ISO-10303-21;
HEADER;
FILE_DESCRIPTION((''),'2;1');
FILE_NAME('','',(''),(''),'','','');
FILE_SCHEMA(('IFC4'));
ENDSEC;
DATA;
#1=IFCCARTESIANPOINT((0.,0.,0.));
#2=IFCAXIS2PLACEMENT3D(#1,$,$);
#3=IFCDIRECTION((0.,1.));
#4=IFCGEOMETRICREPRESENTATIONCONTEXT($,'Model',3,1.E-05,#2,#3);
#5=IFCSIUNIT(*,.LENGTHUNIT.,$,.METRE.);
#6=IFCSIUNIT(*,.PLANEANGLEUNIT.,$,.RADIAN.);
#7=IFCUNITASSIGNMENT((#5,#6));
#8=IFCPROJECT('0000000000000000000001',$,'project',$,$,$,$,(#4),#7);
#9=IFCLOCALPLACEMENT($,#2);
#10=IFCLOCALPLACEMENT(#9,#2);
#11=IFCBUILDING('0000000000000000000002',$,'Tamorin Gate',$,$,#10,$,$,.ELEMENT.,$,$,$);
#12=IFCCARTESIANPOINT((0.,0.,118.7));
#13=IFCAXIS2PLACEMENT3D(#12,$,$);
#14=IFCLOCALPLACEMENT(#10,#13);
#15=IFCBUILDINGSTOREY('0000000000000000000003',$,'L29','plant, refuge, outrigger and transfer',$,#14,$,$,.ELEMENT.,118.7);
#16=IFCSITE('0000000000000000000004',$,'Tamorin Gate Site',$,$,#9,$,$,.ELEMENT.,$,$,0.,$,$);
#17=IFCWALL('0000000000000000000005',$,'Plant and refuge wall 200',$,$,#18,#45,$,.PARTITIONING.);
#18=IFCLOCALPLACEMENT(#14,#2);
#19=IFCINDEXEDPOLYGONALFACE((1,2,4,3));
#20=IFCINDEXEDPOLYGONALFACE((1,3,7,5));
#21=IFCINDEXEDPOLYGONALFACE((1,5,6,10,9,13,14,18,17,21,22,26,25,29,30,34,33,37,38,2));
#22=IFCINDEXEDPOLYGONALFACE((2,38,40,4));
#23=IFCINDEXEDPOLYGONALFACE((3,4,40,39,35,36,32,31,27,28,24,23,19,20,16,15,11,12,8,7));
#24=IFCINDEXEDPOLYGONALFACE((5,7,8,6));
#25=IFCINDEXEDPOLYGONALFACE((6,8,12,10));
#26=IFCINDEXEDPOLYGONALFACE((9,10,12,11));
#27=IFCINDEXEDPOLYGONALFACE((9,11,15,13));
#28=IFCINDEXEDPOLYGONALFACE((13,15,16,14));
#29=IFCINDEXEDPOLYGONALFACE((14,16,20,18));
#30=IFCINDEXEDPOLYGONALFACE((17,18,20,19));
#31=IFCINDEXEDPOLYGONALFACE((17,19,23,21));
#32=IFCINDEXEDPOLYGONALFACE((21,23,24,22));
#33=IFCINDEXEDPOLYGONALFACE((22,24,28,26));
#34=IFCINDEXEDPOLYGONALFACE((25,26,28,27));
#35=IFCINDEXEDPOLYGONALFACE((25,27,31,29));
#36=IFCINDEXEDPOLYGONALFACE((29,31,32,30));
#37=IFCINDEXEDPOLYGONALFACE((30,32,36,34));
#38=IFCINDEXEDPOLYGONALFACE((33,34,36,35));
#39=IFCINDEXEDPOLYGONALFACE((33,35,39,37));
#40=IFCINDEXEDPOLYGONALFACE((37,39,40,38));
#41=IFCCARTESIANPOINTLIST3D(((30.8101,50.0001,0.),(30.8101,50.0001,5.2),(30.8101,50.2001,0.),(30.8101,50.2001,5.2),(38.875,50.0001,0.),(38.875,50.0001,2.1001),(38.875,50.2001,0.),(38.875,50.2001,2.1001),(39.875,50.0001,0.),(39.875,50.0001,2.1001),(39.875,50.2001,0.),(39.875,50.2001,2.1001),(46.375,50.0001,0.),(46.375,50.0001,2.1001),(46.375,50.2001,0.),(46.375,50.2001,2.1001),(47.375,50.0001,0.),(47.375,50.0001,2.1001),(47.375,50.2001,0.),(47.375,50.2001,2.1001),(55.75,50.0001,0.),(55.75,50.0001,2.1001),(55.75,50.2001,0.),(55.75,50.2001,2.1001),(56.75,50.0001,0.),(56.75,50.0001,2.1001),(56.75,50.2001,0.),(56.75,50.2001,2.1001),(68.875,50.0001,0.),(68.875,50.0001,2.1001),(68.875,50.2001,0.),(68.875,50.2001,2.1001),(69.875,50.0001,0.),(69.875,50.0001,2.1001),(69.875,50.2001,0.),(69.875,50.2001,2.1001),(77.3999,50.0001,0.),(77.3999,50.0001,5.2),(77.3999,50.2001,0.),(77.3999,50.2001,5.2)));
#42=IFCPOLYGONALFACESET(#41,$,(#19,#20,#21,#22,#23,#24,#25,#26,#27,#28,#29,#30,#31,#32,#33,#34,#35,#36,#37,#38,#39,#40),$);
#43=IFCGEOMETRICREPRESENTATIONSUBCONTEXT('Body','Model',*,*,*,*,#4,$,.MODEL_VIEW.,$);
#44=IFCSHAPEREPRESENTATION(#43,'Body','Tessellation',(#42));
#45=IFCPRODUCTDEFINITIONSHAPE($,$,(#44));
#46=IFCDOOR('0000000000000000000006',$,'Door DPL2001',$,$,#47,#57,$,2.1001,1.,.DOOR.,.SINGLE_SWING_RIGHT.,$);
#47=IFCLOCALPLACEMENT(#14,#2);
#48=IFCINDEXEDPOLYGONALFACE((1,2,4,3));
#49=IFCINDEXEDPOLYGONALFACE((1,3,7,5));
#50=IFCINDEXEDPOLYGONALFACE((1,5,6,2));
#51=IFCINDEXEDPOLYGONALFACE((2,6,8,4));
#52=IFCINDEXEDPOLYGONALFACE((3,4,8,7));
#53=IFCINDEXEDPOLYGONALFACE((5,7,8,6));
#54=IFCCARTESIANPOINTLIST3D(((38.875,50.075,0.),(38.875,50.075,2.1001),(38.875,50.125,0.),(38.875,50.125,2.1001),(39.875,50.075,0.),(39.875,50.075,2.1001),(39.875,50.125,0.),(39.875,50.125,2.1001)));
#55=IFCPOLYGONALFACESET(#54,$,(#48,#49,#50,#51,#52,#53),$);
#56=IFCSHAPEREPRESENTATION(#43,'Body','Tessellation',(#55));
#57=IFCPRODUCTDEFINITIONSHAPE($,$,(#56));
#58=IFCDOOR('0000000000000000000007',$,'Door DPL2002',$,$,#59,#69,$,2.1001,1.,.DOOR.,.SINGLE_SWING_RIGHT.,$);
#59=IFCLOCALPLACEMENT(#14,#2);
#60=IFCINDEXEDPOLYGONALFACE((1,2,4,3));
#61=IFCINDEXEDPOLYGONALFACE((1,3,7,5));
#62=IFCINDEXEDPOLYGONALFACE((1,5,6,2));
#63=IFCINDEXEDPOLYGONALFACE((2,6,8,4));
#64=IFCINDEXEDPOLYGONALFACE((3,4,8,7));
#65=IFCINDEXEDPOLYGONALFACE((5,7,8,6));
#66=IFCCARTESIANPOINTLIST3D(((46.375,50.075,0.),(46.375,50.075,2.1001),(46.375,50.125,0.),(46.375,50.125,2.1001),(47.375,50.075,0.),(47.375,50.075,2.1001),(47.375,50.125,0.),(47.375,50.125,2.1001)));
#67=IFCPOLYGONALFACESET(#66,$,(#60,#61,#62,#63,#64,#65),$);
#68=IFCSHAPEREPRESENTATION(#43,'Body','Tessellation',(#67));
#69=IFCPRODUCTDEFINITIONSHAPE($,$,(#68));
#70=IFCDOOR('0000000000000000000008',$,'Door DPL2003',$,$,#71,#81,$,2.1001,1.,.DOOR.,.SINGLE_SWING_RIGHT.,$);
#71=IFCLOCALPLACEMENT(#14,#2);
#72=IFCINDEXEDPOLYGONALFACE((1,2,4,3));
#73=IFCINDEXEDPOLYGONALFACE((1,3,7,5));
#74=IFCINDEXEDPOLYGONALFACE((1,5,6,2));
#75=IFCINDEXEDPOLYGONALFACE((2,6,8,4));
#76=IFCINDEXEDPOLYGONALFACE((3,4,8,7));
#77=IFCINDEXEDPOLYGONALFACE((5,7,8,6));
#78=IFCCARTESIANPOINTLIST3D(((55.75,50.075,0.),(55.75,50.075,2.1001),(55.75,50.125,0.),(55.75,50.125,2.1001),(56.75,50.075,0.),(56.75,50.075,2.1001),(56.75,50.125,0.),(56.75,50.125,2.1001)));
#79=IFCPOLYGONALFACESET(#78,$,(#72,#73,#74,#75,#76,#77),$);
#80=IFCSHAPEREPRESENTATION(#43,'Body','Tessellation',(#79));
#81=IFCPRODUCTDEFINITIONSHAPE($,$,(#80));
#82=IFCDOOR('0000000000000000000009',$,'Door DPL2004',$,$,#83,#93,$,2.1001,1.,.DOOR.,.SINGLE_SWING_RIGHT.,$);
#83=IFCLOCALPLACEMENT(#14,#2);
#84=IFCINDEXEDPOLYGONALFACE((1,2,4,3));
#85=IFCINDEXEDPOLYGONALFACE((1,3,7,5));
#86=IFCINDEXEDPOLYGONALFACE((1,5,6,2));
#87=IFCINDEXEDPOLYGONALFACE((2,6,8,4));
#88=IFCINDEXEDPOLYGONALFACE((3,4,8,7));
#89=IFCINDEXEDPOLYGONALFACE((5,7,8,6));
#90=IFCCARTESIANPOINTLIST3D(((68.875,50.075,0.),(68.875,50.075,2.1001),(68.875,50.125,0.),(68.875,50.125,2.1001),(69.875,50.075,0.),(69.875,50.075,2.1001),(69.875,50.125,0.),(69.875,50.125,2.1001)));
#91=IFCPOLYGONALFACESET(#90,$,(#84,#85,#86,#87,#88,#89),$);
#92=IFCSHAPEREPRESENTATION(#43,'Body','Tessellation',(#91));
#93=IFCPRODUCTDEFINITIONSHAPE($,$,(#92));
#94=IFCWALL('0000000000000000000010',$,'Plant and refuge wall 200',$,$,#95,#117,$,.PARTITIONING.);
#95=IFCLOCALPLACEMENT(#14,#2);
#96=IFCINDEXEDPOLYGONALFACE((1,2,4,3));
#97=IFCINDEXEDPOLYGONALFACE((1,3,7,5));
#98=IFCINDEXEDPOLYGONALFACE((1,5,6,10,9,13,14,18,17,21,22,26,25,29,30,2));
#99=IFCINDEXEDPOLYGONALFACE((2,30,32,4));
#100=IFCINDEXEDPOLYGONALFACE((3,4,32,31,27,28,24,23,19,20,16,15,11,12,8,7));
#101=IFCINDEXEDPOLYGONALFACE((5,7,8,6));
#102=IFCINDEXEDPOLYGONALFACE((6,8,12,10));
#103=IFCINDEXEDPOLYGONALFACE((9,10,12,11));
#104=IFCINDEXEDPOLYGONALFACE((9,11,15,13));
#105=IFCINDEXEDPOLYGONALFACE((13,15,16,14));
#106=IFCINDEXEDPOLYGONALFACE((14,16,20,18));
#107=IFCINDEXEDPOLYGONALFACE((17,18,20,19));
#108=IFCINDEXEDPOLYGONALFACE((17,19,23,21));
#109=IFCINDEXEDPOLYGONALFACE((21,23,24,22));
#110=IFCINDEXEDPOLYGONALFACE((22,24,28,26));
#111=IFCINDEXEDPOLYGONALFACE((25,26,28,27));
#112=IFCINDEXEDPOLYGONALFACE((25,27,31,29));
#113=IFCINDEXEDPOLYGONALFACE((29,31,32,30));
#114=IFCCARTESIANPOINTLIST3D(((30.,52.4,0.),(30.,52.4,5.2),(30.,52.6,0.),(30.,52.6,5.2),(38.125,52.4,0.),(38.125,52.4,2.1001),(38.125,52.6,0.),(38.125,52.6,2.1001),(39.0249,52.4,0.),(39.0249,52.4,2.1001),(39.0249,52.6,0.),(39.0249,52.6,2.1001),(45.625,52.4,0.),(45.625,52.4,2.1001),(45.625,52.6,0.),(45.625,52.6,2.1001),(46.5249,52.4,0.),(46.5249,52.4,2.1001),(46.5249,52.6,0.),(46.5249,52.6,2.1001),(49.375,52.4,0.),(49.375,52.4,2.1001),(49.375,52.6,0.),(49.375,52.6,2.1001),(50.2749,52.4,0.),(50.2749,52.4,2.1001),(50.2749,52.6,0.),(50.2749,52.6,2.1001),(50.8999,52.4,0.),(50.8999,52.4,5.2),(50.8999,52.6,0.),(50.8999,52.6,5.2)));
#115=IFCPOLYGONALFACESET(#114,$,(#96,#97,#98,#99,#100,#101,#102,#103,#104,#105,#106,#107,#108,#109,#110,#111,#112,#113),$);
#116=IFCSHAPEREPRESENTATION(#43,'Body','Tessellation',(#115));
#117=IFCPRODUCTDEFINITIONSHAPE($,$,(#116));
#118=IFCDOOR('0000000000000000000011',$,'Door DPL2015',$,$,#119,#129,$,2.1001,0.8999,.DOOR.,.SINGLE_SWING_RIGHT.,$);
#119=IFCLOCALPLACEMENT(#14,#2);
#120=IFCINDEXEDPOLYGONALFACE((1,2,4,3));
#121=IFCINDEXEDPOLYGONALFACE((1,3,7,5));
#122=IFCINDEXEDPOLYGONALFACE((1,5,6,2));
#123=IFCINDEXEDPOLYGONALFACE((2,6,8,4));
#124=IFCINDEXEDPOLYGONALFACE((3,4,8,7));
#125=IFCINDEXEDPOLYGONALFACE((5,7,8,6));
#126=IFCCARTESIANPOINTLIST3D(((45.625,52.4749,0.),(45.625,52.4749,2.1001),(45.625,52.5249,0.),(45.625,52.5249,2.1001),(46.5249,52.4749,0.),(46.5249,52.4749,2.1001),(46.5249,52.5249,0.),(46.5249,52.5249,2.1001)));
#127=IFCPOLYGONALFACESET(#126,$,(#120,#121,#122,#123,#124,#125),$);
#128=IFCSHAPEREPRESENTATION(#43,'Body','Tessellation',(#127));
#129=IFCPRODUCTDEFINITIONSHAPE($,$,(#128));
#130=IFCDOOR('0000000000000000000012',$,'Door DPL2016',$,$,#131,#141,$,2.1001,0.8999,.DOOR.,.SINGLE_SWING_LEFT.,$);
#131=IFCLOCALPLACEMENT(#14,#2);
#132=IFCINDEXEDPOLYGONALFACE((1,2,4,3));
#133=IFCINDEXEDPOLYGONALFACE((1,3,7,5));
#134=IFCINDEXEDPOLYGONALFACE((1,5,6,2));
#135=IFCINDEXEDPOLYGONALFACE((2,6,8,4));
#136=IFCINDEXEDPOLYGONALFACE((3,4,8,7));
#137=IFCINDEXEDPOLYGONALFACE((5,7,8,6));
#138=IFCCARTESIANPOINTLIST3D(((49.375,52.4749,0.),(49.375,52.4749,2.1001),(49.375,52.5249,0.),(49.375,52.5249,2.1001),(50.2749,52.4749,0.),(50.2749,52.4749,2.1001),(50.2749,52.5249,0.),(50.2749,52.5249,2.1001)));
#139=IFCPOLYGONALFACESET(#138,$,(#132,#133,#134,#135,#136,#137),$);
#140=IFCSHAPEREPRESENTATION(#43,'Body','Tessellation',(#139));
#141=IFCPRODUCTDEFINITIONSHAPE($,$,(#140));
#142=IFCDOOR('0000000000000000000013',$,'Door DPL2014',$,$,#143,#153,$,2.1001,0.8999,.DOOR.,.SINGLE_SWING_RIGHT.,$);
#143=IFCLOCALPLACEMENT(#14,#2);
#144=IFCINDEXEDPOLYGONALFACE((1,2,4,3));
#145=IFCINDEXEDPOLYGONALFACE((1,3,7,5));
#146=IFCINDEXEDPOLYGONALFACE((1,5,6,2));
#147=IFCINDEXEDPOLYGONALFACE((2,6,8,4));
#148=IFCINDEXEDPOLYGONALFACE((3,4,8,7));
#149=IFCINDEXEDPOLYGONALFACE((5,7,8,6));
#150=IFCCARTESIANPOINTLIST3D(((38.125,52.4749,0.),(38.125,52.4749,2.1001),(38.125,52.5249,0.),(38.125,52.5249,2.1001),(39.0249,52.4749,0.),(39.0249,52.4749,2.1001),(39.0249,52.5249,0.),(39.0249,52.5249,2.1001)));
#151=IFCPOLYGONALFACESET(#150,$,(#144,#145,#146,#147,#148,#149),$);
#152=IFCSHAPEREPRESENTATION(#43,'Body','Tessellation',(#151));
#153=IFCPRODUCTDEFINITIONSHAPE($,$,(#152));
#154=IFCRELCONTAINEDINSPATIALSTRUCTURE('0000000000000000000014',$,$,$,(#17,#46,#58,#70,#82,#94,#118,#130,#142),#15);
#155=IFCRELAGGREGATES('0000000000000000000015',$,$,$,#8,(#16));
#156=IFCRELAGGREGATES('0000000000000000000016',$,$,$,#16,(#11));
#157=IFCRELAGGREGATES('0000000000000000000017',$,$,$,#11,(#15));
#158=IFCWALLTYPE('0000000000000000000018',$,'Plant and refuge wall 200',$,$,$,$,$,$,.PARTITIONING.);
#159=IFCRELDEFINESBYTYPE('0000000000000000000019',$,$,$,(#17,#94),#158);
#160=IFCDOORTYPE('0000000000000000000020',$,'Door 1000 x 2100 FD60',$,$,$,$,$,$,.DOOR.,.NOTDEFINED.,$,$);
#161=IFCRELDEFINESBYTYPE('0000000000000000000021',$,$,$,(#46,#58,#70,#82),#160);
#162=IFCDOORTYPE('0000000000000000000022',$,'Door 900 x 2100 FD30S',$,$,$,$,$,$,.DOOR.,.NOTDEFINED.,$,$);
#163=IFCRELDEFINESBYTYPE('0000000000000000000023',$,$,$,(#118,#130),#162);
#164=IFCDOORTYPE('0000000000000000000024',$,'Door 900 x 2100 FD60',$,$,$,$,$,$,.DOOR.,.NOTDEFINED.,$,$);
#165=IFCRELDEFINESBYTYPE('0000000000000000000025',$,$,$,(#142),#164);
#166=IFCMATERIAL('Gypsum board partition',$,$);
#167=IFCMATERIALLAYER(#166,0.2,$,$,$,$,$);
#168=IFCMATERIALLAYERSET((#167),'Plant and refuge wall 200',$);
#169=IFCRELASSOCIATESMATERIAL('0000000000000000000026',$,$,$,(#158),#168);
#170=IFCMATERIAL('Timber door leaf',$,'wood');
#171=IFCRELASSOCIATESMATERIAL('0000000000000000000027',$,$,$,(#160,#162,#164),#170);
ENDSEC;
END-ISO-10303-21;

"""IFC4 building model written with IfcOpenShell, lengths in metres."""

from ifc_helpers import new_model, si_unit, direction, frame, frame_2d, origin, place, context, subcontext, project, spatial, rectangle, extrude, material, layer, layer_set, type_object, element, fill, save


model = new_model("IFC4")

# Units and contexts
model_context = context("Model", 3, precision=1e-05, world=origin(), true_north=direction((0.0, 1.0)))
body_context = subcontext(model_context, "Body", "Model", "MODEL_VIEW")
ifc_project = project(units=[si_unit("LENGTHUNIT", "METRE"), si_unit("PLANEANGLEUNIT", "RADIAN")], contexts=[model_context])

# Site, building, storey
site_placement = place(None, origin())
site = spatial("IfcSite", under=ifc_project, at=site_placement, Name="Tamorin Gate Site", CompositionType="ELEMENT", RefElevation=0.0)
building_placement = place(site_placement, origin())
building = spatial("IfcBuilding", under=site, at=building_placement, Name="Tamorin Gate", CompositionType="ELEMENT")
storey_placement = place(building_placement, frame((0.0, 0.0, 118.7)))
storey = spatial("IfcBuildingStorey", under=building, at=storey_placement, Name="L29", Description="plant, refuge, outrigger and transfer", CompositionType="ELEMENT", Elevation=118.7)

# Walls, openings, doors
ifc_material_1 = material(Name="Gypsum board partition")
ifc_layer_1 = layer(ifc_material_1, 0.2)
ifc_layer_set_1 = layer_set([ifc_layer_1], Name="Plant and refuge wall 200")
wall_type_1 = type_object("IfcWallType", Name="Plant and refuge wall 200", PredefinedType="PARTITIONING", material=ifc_layer_set_1)
wall_1_placement = place(storey_placement, frame((30.8101, 50.1001, 0.0), z_axis=(0.0, 0.0, 1.0), x_axis=(1.0, 0.0, 0.0)))
wall_1 = element("IfcWall", 1, at=wall_1_placement, inside=storey, type_object=wall_type_1, Name="Plant and refuge wall 200", PredefinedType="PARTITIONING", context=body_context, shape_type="SweptSolid", body=[
    extrude(rectangle(XDim=46.5898, YDim=0.2, at=frame_2d((23.2949, 0.0))), origin(), (0.0, 0.0, 1.0), 5.2),
])
opening_1_placement = place(wall_1_placement, frame((8.0649, 0.0, 0.0)))
opening_1 = element("IfcOpeningElement", 2, at=opening_1_placement, cuts=wall_1, PredefinedType="OPENING", context=body_context, shape_type="SweptSolid", body=[
    extrude(rectangle(XDim=1.0, YDim=2.1001, at=frame_2d((0.5, 1.05))), frame((0.0, 0.1099, 0.0), z_axis=(0.0, -1.0, 0.0), x_axis=(1.0, 0.0, 0.0)), (0.0, 0.0, 1.0), 0.22),
])
opening_2_placement = place(wall_1_placement, frame((15.5649, 0.0, 0.0)))
opening_2 = element("IfcOpeningElement", 3, at=opening_2_placement, cuts=wall_1, PredefinedType="OPENING", context=body_context, shape_type="SweptSolid", body=[
    extrude(rectangle(XDim=1.0, YDim=2.1001, at=frame_2d((0.5, 1.05))), frame((0.0, 0.1099, 0.0), z_axis=(0.0, -1.0, 0.0), x_axis=(1.0, 0.0, 0.0)), (0.0, 0.0, 1.0), 0.22),
])
opening_3_placement = place(wall_1_placement, frame((24.9399, 0.0, 0.0)))
opening_3 = element("IfcOpeningElement", 4, at=opening_3_placement, cuts=wall_1, PredefinedType="OPENING", context=body_context, shape_type="SweptSolid", body=[
    extrude(rectangle(XDim=1.0, YDim=2.1001, at=frame_2d((0.5, 1.05))), frame((0.0, 0.1099, 0.0), z_axis=(0.0, -1.0, 0.0), x_axis=(1.0, 0.0, 0.0)), (0.0, 0.0, 1.0), 0.22),
])
opening_4_placement = place(wall_1_placement, frame((38.0649, 0.0, 0.0)))
opening_4 = element("IfcOpeningElement", 5, at=opening_4_placement, cuts=wall_1, PredefinedType="OPENING", context=body_context, shape_type="SweptSolid", body=[
    extrude(rectangle(XDim=1.0, YDim=2.1001, at=frame_2d((0.5, 1.05))), frame((0.0, 0.1099, 0.0), z_axis=(0.0, -1.0, 0.0), x_axis=(1.0, 0.0, 0.0)), (0.0, 0.0, 1.0), 0.22),
])
ifc_material_2 = material(Name="Timber door leaf", Category="wood")
door_type_1 = type_object("IfcDoorType", Name="Door 1000 x 2100 FD60", OperationType="NOTDEFINED", PredefinedType="DOOR", material=ifc_material_2)
door_1_placement = place(opening_1_placement, origin())
door_1 = element("IfcDoor", 6, at=door_1_placement, inside=storey, type_object=door_type_1, Name="Door DPL2001", OperationType="SINGLE_SWING_RIGHT", OverallHeight=2.1001, OverallWidth=1.0, PredefinedType="DOOR", context=body_context, shape_type="SweptSolid", body=[
    extrude(rectangle(XDim=1.0, YDim=2.1001, at=frame_2d((0.5, 1.05))), frame((0.0, 0.0249, 0.0), z_axis=(0.0, -1.0, 0.0), x_axis=(1.0, 0.0, 0.0)), (0.0, 0.0, 1.0), 0.05),
])
fill(opening_1, door_1)
door_2_placement = place(opening_2_placement, origin())
door_2 = element("IfcDoor", 7, at=door_2_placement, inside=storey, type_object=door_type_1, Name="Door DPL2002", OperationType="SINGLE_SWING_RIGHT", OverallHeight=2.1001, OverallWidth=1.0, PredefinedType="DOOR", context=body_context, shape_type="SweptSolid", body=[
    extrude(rectangle(XDim=1.0, YDim=2.1001, at=frame_2d((0.5, 1.05))), frame((0.0, 0.0249, 0.0), z_axis=(0.0, -1.0, 0.0), x_axis=(1.0, 0.0, 0.0)), (0.0, 0.0, 1.0), 0.05),
])
fill(opening_2, door_2)
door_3_placement = place(opening_3_placement, origin())
door_3 = element("IfcDoor", 8, at=door_3_placement, inside=storey, type_object=door_type_1, Name="Door DPL2003", OperationType="SINGLE_SWING_RIGHT", OverallHeight=2.1001, OverallWidth=1.0, PredefinedType="DOOR", context=body_context, shape_type="SweptSolid", body=[
    extrude(rectangle(XDim=1.0, YDim=2.1001, at=frame_2d((0.5, 1.05))), frame((0.0, 0.0249, 0.0), z_axis=(0.0, -1.0, 0.0), x_axis=(1.0, 0.0, 0.0)), (0.0, 0.0, 1.0), 0.05),
])
fill(opening_3, door_3)
door_4_placement = place(opening_4_placement, origin())
door_4 = element("IfcDoor", 9, at=door_4_placement, inside=storey, type_object=door_type_1, Name="Door DPL2004", OperationType="SINGLE_SWING_RIGHT", OverallHeight=2.1001, OverallWidth=1.0, PredefinedType="DOOR", context=body_context, shape_type="SweptSolid", body=[
    extrude(rectangle(XDim=1.0, YDim=2.1001, at=frame_2d((0.5, 1.05))), frame((0.0, 0.0249, 0.0), z_axis=(0.0, -1.0, 0.0), x_axis=(1.0, 0.0, 0.0)), (0.0, 0.0, 1.0), 0.05),
])
fill(opening_4, door_4)
wall_2_placement = place(storey_placement, frame((30.0, 52.5, 0.0), z_axis=(0.0, 0.0, 1.0), x_axis=(1.0, 0.0, 0.0)))
wall_2 = element("IfcWall", 10, at=wall_2_placement, inside=storey, type_object=wall_type_1, Name="Plant and refuge wall 200", PredefinedType="PARTITIONING", context=body_context, shape_type="SweptSolid", body=[
    extrude(rectangle(XDim=20.8999, YDim=0.2, at=frame_2d((10.45, 0.0))), origin(), (0.0, 0.0, 1.0), 5.2),
])
opening_5_placement = place(wall_2_placement, frame((8.125, 0.0, 0.0)))
opening_5 = element("IfcOpeningElement", 11, at=opening_5_placement, cuts=wall_2, PredefinedType="OPENING", context=body_context, shape_type="SweptSolid", body=[
    extrude(rectangle(XDim=0.8999, YDim=2.1001, at=frame_2d((0.45, 1.05))), frame((0.0, 0.1099, 0.0), z_axis=(0.0, -1.0, 0.0), x_axis=(1.0, 0.0, 0.0)), (0.0, 0.0, 1.0), 0.22),
])
opening_6_placement = place(wall_2_placement, frame((15.625, 0.0, 0.0)))
opening_6 = element("IfcOpeningElement", 12, at=opening_6_placement, cuts=wall_2, PredefinedType="OPENING", context=body_context, shape_type="SweptSolid", body=[
    extrude(rectangle(XDim=0.8999, YDim=2.1001, at=frame_2d((0.45, 1.05))), frame((0.0, 0.1099, 0.0), z_axis=(0.0, -1.0, 0.0), x_axis=(1.0, 0.0, 0.0)), (0.0, 0.0, 1.0), 0.22),
])
opening_7_placement = place(wall_2_placement, frame((19.375, 0.0, 0.0)))
opening_7 = element("IfcOpeningElement", 13, at=opening_7_placement, cuts=wall_2, PredefinedType="OPENING", context=body_context, shape_type="SweptSolid", body=[
    extrude(rectangle(XDim=0.8999, YDim=2.1001, at=frame_2d((0.45, 1.05))), frame((0.0, 0.1099, 0.0), z_axis=(0.0, -1.0, 0.0), x_axis=(1.0, 0.0, 0.0)), (0.0, 0.0, 1.0), 0.22),
])
door_type_2 = type_object("IfcDoorType", Name="Door 900 x 2100 FD30S", OperationType="NOTDEFINED", PredefinedType="DOOR", material=ifc_material_2)
door_5_placement = place(opening_6_placement, origin())
door_5 = element("IfcDoor", 14, at=door_5_placement, inside=storey, type_object=door_type_2, Name="Door DPL2015", OperationType="SINGLE_SWING_RIGHT", OverallHeight=2.1001, OverallWidth=0.8999, PredefinedType="DOOR", context=body_context, shape_type="SweptSolid", body=[
    extrude(rectangle(XDim=0.8999, YDim=2.1001, at=frame_2d((0.45, 1.05))), frame((0.0, 0.0249, 0.0), z_axis=(0.0, -1.0, 0.0), x_axis=(1.0, 0.0, 0.0)), (0.0, 0.0, 1.0), 0.05),
])
fill(opening_6, door_5)
door_6_placement = place(opening_7_placement, origin())
door_6 = element("IfcDoor", 15, at=door_6_placement, inside=storey, type_object=door_type_2, Name="Door DPL2016", OperationType="SINGLE_SWING_LEFT", OverallHeight=2.1001, OverallWidth=0.8999, PredefinedType="DOOR", context=body_context, shape_type="SweptSolid", body=[
    extrude(rectangle(XDim=0.8999, YDim=2.1001, at=frame_2d((0.45, 1.05))), frame((0.0, 0.0249, 0.0), z_axis=(0.0, -1.0, 0.0), x_axis=(1.0, 0.0, 0.0)), (0.0, 0.0, 1.0), 0.05),
])
fill(opening_7, door_6)
door_type_3 = type_object("IfcDoorType", Name="Door 900 x 2100 FD60", OperationType="NOTDEFINED", PredefinedType="DOOR", material=ifc_material_2)
door_7_placement = place(opening_5_placement, origin())
door_7 = element("IfcDoor", 16, at=door_7_placement, inside=storey, type_object=door_type_3, Name="Door DPL2014", OperationType="SINGLE_SWING_RIGHT", OverallHeight=2.1001, OverallWidth=0.8999, PredefinedType="DOOR", context=body_context, shape_type="SweptSolid", body=[
    extrude(rectangle(XDim=0.8999, YDim=2.1001, at=frame_2d((0.45, 1.05))), frame((0.0, 0.0249, 0.0), z_axis=(0.0, -1.0, 0.0), x_axis=(1.0, 0.0, 0.0)), (0.0, 0.0, 1.0), 0.05),
])
fill(opening_5, door_7)

save(model, "model.ifc")
